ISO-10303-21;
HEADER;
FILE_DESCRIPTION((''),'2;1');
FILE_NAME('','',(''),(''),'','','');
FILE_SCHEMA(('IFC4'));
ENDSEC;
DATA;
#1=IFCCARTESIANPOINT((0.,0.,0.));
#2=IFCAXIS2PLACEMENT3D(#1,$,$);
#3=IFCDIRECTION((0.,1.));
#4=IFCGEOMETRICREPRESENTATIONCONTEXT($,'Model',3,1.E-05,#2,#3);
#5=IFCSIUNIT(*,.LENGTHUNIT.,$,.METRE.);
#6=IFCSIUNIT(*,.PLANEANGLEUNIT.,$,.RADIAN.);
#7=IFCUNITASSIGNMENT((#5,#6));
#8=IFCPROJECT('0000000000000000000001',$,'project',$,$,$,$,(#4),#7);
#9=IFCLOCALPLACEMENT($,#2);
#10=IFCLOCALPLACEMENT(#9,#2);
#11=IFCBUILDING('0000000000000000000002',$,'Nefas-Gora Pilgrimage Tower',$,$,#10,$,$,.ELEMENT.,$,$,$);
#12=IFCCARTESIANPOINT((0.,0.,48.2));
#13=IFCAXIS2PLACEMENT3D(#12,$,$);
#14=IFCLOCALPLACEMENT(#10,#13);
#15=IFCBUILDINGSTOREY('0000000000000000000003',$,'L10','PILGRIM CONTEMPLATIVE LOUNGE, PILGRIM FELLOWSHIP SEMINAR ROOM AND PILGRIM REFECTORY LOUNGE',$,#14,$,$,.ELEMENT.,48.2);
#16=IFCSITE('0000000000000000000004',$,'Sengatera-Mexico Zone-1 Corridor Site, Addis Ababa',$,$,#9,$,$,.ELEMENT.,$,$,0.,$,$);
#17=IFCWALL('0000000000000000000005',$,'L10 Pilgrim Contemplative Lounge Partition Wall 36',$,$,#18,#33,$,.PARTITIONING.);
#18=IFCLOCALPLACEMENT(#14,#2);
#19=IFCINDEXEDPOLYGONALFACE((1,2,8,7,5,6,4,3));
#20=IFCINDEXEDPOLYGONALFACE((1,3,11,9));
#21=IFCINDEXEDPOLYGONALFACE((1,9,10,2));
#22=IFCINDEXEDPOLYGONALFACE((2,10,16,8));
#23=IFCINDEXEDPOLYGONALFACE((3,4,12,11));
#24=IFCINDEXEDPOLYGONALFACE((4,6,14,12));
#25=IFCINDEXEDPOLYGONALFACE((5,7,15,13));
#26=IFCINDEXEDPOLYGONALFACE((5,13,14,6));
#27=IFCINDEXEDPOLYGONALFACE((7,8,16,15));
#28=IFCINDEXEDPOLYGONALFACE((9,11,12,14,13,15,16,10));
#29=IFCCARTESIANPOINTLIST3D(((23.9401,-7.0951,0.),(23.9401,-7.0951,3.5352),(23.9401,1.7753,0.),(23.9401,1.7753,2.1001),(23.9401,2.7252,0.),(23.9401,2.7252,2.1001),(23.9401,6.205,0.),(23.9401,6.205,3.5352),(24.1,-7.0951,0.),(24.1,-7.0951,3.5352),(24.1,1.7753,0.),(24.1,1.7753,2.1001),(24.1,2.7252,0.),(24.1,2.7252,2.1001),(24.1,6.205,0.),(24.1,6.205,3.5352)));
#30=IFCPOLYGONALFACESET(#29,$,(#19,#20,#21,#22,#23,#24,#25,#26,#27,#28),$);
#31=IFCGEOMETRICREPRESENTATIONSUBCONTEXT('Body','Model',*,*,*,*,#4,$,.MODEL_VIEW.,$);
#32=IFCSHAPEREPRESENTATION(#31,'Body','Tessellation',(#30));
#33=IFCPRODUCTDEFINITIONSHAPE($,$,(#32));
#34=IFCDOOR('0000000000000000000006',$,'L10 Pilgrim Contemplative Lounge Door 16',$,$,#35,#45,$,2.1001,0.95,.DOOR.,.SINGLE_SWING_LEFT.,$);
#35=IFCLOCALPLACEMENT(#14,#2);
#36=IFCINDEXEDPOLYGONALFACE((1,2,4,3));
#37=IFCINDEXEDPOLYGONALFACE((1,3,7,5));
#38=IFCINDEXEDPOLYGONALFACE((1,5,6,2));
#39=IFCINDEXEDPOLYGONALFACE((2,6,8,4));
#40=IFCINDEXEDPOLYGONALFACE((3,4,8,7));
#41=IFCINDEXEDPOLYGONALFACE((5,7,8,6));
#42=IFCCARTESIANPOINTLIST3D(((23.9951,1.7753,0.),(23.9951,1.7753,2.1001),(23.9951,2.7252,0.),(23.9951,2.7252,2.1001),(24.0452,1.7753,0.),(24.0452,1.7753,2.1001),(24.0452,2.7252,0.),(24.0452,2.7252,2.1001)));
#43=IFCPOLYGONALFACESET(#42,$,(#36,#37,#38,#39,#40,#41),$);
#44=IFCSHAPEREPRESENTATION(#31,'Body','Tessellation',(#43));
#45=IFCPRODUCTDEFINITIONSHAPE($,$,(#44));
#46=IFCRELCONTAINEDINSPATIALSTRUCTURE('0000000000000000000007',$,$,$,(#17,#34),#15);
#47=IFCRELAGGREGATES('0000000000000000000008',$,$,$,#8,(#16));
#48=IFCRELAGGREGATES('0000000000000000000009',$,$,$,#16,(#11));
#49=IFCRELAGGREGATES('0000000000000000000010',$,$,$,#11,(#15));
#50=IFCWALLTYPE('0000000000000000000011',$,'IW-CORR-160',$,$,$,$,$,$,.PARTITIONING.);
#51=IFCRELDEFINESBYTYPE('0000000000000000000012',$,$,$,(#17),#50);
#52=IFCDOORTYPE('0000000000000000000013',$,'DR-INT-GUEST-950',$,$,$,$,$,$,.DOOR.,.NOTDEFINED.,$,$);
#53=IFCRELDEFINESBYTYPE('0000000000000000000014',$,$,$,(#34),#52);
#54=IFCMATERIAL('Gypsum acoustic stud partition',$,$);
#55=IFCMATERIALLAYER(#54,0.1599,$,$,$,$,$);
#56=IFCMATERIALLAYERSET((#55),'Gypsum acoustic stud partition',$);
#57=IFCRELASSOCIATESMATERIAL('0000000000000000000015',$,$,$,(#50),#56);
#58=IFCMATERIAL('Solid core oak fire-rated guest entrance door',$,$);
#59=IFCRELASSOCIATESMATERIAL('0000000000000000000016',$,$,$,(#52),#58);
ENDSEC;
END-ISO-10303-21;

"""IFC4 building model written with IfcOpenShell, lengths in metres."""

from ifc_helpers import new_model, si_unit, direction, frame, frame_2d, origin, place, context, subcontext, project, spatial, rectangle, extrude, source, transform, mapped, material, layer, layer_set, type_object, element, fill, save


model = new_model("IFC4")

# Units and contexts
model_context = context("Model", 3, precision=1e-05, world=origin(), true_north=direction((0.0, 1.0)))
body_context = subcontext(model_context, "Body", "Model", "MODEL_VIEW")
ifc_project = project(units=[si_unit("LENGTHUNIT", "METRE"), si_unit("PLANEANGLEUNIT", "RADIAN")], contexts=[model_context])

# Site, building, storey
site_placement = place(None, origin())
site = spatial("IfcSite", under=ifc_project, at=site_placement, Name="Sengatera-Mexico Zone-1 Corridor Site, Addis Ababa", CompositionType="ELEMENT", RefElevation=0.0)
building_placement = place(site_placement, origin())
building = spatial("IfcBuilding", under=site, at=building_placement, Name="Nefas-Gora Pilgrimage Tower", CompositionType="ELEMENT")
storey_placement = place(building_placement, frame((0.0, 0.0, 48.2)))
storey = spatial("IfcBuildingStorey", under=building, at=storey_placement, Name="L10", Description="PILGRIM CONTEMPLATIVE LOUNGE, PILGRIM FELLOWSHIP SEMINAR ROOM AND PILGRIM REFECTORY LOUNGE", CompositionType="ELEMENT", Elevation=48.2)

# Wall, opening, door
ifc_material_1 = material(Name="Gypsum acoustic stud partition")
ifc_layer_1 = layer(ifc_material_1, 0.1599)
ifc_layer_set_1 = layer_set([ifc_layer_1], Name="Gypsum acoustic stud partition")
wall_type_1 = type_object("IfcWallType", Name="IW-CORR-160", PredefinedType="PARTITIONING", material=ifc_layer_set_1)
shared_shape_1 = source(origin(), body_context, "Body", "SweptSolid", [
    extrude(rectangle(XDim=13.3, YDim=0.1599, at=frame_2d((6.6499, 0.0))), origin(), (0.0, 0.0, 1.0), 3.5352),
])
wall_1_placement = place(storey_placement, frame((24.02, -7.095, 0.0), z_axis=(0.0, 0.0, 1.0), x_axis=(0.0, 1.0, 0.0)))
wall_1 = element("IfcWall", 1, at=wall_1_placement, inside=storey, type_object=wall_type_1, Name="L10 Pilgrim Contemplative Lounge Partition Wall 36", PredefinedType="PARTITIONING", context=body_context, shape_type="MappedRepresentation", body=[
    mapped(shared_shape_1, transform((0.0, 0.0, 0.0), x_axis=(1.0, 0.0, 0.0), y_axis=(0.0, 1.0, 0.0), z_axis=(0.0, 0.0, 1.0), scale=1.0)),
])
opening_1_placement = place(wall_1_placement, frame((8.8701, 0.0, 0.0)))
opening_1 = element("IfcOpeningElement", 2, at=opening_1_placement, cuts=wall_1, PredefinedType="OPENING", context=body_context, shape_type="SweptSolid", body=[
    extrude(rectangle(XDim=0.95, YDim=2.1001, at=frame_2d((0.4751, 1.05))), frame((0.0, 0.0898, 0.0), z_axis=(0.0, -1.0, 0.0), x_axis=(1.0, 0.0, 0.0)), (0.0, 0.0, 1.0), 0.1799),
])
ifc_material_2 = material(Name="Solid core oak fire-rated guest entrance door")
door_type = type_object("IfcDoorType", Name="DR-INT-GUEST-950", OperationType="NOTDEFINED", PredefinedType="DOOR", material=ifc_material_2)
shared_shape_2 = source(origin(), body_context, "Body", "SweptSolid", [
    extrude(rectangle(XDim=0.95, YDim=2.1001, at=frame_2d((0.4751, 1.05))), frame((0.0, 0.0249, 0.0), z_axis=(0.0, -1.0, 0.0), x_axis=(1.0, 0.0, 0.0)), (0.0, 0.0, 1.0), 0.05),
])
door_placement = place(opening_1_placement, origin())
door = element("IfcDoor", 3, at=door_placement, inside=storey, type_object=door_type, Name="L10 Pilgrim Contemplative Lounge Door 16", OperationType="SINGLE_SWING_LEFT", OverallHeight=2.1001, OverallWidth=0.95, PredefinedType="DOOR", context=body_context, shape_type="MappedRepresentation", body=[
    mapped(shared_shape_2, transform((0.0, 0.0, 0.0), x_axis=(1.0, 0.0, 0.0), y_axis=(0.0, 1.0, 0.0), z_axis=(0.0, 0.0, 1.0), scale=1.0)),
])
fill(opening_1, door)

save(model, "model.ifc")
